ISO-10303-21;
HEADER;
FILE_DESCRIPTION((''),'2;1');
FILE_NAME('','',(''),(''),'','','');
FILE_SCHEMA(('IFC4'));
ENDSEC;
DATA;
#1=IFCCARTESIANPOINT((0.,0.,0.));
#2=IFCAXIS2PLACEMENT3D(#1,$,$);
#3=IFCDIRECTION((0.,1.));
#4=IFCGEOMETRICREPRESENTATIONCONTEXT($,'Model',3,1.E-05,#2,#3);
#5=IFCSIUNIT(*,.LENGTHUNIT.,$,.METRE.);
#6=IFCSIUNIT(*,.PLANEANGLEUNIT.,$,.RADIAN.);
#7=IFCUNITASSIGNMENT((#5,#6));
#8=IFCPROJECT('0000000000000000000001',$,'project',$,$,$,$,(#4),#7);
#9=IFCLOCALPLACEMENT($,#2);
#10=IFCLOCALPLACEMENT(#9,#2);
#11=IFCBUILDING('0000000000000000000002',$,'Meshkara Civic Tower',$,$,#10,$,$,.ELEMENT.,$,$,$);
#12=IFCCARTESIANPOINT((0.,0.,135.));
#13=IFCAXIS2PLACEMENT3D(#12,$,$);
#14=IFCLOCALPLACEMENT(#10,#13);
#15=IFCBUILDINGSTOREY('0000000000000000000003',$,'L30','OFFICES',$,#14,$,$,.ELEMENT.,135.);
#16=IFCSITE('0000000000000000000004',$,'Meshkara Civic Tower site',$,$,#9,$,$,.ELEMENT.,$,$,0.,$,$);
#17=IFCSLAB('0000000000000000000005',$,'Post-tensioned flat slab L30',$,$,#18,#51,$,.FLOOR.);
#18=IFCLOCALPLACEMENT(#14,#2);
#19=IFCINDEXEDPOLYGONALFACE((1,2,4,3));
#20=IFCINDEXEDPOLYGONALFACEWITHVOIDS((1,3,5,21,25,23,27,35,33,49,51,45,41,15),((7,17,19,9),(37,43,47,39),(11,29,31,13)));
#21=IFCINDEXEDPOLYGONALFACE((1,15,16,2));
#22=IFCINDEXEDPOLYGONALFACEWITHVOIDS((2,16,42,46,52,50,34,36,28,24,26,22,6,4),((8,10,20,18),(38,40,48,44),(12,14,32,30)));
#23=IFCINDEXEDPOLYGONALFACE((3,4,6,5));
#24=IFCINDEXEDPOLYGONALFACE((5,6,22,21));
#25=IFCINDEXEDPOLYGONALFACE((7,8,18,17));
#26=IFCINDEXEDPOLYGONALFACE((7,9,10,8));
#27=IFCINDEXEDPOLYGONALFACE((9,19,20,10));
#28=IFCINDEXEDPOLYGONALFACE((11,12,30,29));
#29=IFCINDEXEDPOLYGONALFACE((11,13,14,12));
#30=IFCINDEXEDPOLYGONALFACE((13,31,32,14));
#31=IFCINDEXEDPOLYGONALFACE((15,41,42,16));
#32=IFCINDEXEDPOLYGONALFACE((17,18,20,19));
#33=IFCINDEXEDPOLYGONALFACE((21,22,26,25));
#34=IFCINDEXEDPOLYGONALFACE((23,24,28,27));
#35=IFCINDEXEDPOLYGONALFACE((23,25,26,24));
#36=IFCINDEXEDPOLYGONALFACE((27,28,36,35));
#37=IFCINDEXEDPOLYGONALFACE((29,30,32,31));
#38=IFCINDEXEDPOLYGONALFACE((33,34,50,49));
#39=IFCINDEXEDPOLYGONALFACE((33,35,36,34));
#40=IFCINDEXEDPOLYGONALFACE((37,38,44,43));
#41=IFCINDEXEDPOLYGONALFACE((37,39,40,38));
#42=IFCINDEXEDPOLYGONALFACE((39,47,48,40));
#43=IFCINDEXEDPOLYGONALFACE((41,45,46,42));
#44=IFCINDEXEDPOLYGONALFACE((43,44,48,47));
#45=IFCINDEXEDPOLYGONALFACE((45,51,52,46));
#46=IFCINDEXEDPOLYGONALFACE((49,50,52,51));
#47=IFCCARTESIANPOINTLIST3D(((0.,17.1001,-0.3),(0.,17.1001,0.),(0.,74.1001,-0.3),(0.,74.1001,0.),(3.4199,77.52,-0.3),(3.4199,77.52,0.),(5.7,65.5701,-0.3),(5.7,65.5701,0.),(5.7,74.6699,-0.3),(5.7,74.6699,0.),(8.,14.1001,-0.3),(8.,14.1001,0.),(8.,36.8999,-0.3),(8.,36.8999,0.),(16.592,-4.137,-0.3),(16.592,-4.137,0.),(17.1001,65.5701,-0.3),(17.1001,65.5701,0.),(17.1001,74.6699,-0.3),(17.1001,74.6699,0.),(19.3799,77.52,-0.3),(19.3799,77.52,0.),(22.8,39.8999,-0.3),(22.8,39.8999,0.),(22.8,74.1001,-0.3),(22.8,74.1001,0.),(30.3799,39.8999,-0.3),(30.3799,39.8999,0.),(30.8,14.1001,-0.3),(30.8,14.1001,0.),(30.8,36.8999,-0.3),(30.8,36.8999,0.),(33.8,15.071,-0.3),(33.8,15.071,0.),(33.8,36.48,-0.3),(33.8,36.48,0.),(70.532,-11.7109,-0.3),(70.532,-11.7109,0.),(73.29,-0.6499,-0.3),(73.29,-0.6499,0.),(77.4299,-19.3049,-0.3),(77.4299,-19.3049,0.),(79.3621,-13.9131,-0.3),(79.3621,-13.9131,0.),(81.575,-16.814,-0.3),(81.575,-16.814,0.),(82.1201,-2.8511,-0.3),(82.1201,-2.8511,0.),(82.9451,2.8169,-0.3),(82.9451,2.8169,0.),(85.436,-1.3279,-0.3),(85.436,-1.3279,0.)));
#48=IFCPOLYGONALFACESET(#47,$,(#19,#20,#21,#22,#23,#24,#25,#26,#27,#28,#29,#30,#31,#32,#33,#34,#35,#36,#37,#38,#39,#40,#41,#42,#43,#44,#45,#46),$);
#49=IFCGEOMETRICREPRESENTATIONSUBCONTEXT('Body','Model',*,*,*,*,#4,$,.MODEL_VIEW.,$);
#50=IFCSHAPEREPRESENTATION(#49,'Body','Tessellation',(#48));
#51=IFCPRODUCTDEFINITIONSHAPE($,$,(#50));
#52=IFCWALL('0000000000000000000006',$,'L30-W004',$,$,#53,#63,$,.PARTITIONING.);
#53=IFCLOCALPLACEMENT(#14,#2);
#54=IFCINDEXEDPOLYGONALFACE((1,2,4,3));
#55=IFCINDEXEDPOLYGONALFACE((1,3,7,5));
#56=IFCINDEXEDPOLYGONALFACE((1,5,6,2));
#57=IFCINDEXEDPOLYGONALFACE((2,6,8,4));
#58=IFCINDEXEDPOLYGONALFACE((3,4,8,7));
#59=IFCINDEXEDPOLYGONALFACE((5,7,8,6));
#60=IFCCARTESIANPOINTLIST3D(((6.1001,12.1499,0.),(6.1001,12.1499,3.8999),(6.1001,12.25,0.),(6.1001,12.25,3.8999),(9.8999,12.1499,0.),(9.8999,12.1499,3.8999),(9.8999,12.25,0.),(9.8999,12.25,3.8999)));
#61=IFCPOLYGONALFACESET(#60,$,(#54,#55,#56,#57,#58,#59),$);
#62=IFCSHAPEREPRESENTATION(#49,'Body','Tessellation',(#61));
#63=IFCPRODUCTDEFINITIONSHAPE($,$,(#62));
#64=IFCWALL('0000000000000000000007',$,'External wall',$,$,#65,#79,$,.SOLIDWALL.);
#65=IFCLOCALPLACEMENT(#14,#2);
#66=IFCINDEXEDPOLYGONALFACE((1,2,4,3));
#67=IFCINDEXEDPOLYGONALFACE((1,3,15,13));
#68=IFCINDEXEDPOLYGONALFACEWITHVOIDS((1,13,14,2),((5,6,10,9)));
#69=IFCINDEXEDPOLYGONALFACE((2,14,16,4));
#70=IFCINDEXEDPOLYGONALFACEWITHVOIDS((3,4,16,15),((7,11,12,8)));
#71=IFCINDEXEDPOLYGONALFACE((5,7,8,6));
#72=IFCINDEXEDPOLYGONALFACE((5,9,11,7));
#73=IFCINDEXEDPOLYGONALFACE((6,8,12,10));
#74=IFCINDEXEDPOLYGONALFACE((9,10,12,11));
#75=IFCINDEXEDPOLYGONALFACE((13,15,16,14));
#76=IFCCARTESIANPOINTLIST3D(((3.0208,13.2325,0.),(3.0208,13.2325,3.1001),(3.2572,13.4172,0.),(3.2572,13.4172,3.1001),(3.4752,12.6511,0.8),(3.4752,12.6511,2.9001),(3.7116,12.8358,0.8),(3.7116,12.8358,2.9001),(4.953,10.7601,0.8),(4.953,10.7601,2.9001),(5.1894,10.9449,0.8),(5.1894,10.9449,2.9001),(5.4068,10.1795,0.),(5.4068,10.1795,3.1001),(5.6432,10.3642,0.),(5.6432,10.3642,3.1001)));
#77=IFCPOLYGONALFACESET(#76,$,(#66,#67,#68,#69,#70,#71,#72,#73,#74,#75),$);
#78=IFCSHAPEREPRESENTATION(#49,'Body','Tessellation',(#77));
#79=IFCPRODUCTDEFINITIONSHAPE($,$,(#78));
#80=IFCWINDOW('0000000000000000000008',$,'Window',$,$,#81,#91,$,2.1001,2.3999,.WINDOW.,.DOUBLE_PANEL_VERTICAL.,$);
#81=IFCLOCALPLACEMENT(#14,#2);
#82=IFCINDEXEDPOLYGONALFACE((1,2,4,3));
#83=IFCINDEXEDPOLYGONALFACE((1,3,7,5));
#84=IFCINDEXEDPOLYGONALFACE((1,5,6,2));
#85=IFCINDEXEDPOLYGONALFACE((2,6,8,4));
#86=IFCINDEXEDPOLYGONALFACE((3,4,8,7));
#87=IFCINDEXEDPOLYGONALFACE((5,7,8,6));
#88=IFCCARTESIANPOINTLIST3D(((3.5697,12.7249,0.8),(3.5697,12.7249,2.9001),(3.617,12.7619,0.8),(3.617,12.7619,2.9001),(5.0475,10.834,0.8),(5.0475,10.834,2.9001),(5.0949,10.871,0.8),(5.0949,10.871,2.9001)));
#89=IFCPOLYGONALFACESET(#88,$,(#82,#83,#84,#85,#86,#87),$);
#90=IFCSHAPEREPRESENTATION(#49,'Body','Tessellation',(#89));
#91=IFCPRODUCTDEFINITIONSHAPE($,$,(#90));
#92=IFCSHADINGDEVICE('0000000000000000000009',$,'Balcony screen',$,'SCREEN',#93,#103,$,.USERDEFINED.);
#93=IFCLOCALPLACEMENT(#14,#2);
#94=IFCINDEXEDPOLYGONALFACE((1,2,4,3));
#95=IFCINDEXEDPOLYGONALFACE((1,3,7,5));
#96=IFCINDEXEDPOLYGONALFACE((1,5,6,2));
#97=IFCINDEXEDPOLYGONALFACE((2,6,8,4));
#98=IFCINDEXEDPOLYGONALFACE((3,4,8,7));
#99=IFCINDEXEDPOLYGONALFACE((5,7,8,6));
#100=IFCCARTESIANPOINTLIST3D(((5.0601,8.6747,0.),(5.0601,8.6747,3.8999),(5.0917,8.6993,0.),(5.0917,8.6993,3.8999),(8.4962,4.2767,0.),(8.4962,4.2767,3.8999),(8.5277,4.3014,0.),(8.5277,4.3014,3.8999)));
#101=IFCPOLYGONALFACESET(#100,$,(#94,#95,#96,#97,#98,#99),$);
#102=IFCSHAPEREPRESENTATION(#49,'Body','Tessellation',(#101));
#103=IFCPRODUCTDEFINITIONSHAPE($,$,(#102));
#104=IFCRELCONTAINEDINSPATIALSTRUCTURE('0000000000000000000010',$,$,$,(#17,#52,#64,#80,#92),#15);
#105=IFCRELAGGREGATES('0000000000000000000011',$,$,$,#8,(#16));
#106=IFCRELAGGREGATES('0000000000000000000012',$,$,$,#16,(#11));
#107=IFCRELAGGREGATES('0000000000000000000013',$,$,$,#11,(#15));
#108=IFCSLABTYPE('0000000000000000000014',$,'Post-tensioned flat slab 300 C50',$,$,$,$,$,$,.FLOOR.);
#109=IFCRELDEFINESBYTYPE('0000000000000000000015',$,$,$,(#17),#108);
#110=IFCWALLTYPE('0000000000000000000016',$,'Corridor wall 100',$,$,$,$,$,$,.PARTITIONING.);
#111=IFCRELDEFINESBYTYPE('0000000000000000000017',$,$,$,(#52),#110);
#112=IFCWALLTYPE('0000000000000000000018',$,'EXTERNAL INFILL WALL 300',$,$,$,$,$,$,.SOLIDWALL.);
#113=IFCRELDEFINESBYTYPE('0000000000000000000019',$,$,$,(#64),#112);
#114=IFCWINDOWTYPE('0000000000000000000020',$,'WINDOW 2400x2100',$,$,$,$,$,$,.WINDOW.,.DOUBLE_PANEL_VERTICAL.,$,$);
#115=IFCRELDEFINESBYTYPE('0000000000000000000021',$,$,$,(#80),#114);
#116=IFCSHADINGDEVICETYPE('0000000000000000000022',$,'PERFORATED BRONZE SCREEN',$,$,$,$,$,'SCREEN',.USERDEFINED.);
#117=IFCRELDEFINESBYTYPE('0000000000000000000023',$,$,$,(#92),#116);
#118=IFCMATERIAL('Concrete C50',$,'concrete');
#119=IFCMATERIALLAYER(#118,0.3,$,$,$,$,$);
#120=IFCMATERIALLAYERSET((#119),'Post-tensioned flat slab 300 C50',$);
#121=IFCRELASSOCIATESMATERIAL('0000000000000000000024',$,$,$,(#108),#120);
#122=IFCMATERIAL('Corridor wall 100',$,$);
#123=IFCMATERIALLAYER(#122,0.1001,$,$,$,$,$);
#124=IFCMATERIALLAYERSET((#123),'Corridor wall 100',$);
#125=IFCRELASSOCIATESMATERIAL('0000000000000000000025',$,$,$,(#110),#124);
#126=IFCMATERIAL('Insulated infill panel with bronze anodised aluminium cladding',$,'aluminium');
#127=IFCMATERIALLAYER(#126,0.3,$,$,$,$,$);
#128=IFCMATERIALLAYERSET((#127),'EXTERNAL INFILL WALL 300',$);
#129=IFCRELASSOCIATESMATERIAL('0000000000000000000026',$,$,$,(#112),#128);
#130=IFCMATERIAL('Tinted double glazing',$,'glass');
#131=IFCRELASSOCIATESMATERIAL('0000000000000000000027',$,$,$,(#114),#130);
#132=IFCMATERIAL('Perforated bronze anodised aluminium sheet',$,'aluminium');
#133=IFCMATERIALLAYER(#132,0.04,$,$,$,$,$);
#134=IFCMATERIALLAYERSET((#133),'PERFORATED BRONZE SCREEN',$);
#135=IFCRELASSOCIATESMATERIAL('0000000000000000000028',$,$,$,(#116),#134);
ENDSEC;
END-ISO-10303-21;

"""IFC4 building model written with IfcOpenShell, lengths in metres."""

from ifc_helpers import new_model, si_unit, direction, frame, frame_2d, origin, origin_2d, place, context, subcontext, project, spatial, polyline, rectangle, outline, extrude, material, layer, layer_set, type_object, element, fill, save


model = new_model("IFC4")

# Units and contexts
model_context = context("Model", 3, precision=1e-05, world=origin(), true_north=direction((0.0, 1.0)))
body_context = subcontext(model_context, "Body", "Model", "MODEL_VIEW")
ifc_project = project(units=[si_unit("LENGTHUNIT", "METRE"), si_unit("PLANEANGLEUNIT", "RADIAN")], contexts=[model_context])

# Site, building, storey
site_placement = place(None, origin())
site = spatial("IfcSite", under=ifc_project, at=site_placement, Name="Meshkara Civic Tower site", CompositionType="ELEMENT", RefElevation=0.0)
building_placement = place(site_placement, origin())
building = spatial("IfcBuilding", under=site, at=building_placement, Name="Meshkara Civic Tower", CompositionType="ELEMENT")
storey_placement = place(building_placement, frame((0.0, 0.0, 135.0)))
storey = spatial("IfcBuildingStorey", under=building, at=storey_placement, Name="L30", Description="OFFICES", CompositionType="ELEMENT", Elevation=135.0)

# Slab
ifc_material_1 = material(Name="Concrete C50", Category="concrete")
ifc_layer_1 = layer(ifc_material_1, 0.3)
ifc_layer_set_1 = layer_set([ifc_layer_1], Name="Post-tensioned flat slab 300 C50")
slab_type_1 = type_object("IfcSlabType", Name="Post-tensioned flat slab 300 C50", PredefinedType="FLOOR", material=ifc_layer_set_1)
slab_1_placement = place(storey_placement, frame((0.0, 0.0, -0.3)))
element("IfcSlab", 1, at=slab_1_placement, inside=storey, type_object=slab_type_1, Name="Post-tensioned flat slab L30", PredefinedType="FLOOR", context=body_context, shape_type="SweptSolid", body=[
    extrude(outline(polyline([(81.575, -16.814), (77.4299, -19.3049), (16.592, -4.137), (0.0, 17.1001), (0.0, 74.1001), (3.4199, 77.52), (19.3799, 77.52), (22.8, 74.1001), (22.8, 39.8999), (30.3799, 39.8999), (33.8, 36.48), (33.8, 15.071), (82.9451, 2.8169), (85.436, -1.3279), (81.575, -16.814)]), holes=[polyline([(79.3621, -13.9131), (82.1201, -2.8511), (73.29, -0.6499), (70.532, -11.7109), (79.3621, -13.9131)]), polyline([(8.0, 14.1001), (30.8, 14.1001), (30.8, 36.8999), (8.0, 36.8999), (8.0, 14.1001)]), polyline([(5.7, 74.6699), (5.7, 65.5701), (17.1001, 65.5701), (17.1001, 74.6699), (5.7, 74.6699)])]), origin(), (0.0, 0.0, 1.0), 0.3),
])

# Wall
ifc_material_2 = material(Name="Corridor wall 100")
ifc_layer_2 = layer(ifc_material_2, 0.1001)
ifc_layer_set_2 = layer_set([ifc_layer_2], Name="Corridor wall 100")
wall_type_1 = type_object("IfcWallType", Name="Corridor wall 100", PredefinedType="PARTITIONING", material=ifc_layer_set_2)
wall_1_placement = place(storey_placement, frame((6.1001, 12.2, 0.0), z_axis=(0.0, 0.0, 1.0), x_axis=(1.0, 0.0, 0.0)))
element("IfcWall", 2, at=wall_1_placement, inside=storey, type_object=wall_type_1, Name="L30-W004", PredefinedType="PARTITIONING", context=body_context, shape_type="SweptSolid", body=[
    extrude(rectangle(XDim=3.7998, YDim=0.1001, at=frame_2d((1.8999, 0.0))), origin(), (0.0, 0.0, 1.0), 3.8999),
])

# Wall, opening, window
ifc_material_3 = material(Name="Insulated infill panel with bronze anodised aluminium cladding", Category="aluminium")
ifc_layer_3 = layer(ifc_material_3, 0.3)
ifc_layer_set_3 = layer_set([ifc_layer_3], Name="EXTERNAL INFILL WALL 300")
wall_type_2 = type_object("IfcWallType", Name="EXTERNAL INFILL WALL 300", PredefinedType="SOLIDWALL", material=ifc_layer_set_3)
wall_2_placement = place(storey_placement, frame((3.1389, 13.325, 0.0), z_axis=(0.0, 0.0, 1.0), x_axis=(0.61578, -0.787918, 0.0)))
wall_2 = element("IfcWall", 3, at=wall_2_placement, inside=storey, type_object=wall_type_2, Name="External wall", PredefinedType="SOLIDWALL", context=body_context, shape_type="SweptSolid", body=[
    extrude(rectangle(XDim=3.8748, YDim=0.3, at=frame_2d((1.9375, 0.0))), origin(), (0.0, 0.0, 1.0), 3.1001),
])
opening_placement = place(wall_2_placement, frame((0.738, 0.0, 0.8)))
opening = element("IfcOpeningElement", 4, at=opening_placement, cuts=wall_2, PredefinedType="OPENING", context=body_context, shape_type="SweptSolid", body=[
    extrude(rectangle(XDim=2.3999, YDim=2.1001, at=frame_2d((1.2, 1.05))), frame((0.0, 0.1599, 0.0), z_axis=(0.0, -1.0, 0.0), x_axis=(1.0, 0.0, 0.0)), (0.0, 0.0, 1.0), 0.3201),
])
ifc_material_4 = material(Name="Tinted double glazing", Category="glass")
window_type = type_object("IfcWindowType", Name="WINDOW 2400x2100", PartitioningType="DOUBLE_PANEL_VERTICAL", PredefinedType="WINDOW", material=ifc_material_4)
window_placement = place(opening_placement, origin())
window = element("IfcWindow", 5, at=window_placement, inside=storey, type_object=window_type, Name="Window", OverallHeight=2.1001, OverallWidth=2.3999, PartitioningType="DOUBLE_PANEL_VERTICAL", PredefinedType="WINDOW", context=body_context, shape_type="SweptSolid", body=[
    extrude(rectangle(XDim=2.3999, YDim=2.1001, at=frame_2d((1.2, 1.05))), frame((0.0, 0.03, 0.0), z_axis=(0.0, -1.0, 0.0), x_axis=(1.0, 0.0, 0.0)), (0.0, 0.0, 1.0), 0.0601),
])
fill(opening, window)

# Shading device
ifc_material_5 = material(Name="Perforated bronze anodised aluminium sheet", Category="aluminium")
ifc_layer_4 = layer(ifc_material_5, 0.04)
ifc_layer_set_4 = layer_set([ifc_layer_4], Name="PERFORATED BRONZE SCREEN")
shading_device_type = type_object("IfcShadingDeviceType", Name="PERFORATED BRONZE SCREEN", ElementType="SCREEN", PredefinedType="USERDEFINED", material=ifc_layer_set_4)
shading_device_placement = place(storey_placement, frame((6.7939, 6.488, 0.0), z_axis=(0.0, 0.0, 1.0), x_axis=(0.615661, -0.788011, 0.0)))
element("IfcShadingDevice", 6, at=shading_device_placement, inside=storey, type_object=shading_device_type, Name="Balcony screen", ObjectType="SCREEN", PredefinedType="USERDEFINED", context=body_context, shape_type="SweptSolid", body=[
    extrude(rectangle(XDim=5.5811, YDim=0.04, at=origin_2d()), origin(), (0.0, 0.0, 1.0), 3.8999),
])

save(model, "model.ifc")
